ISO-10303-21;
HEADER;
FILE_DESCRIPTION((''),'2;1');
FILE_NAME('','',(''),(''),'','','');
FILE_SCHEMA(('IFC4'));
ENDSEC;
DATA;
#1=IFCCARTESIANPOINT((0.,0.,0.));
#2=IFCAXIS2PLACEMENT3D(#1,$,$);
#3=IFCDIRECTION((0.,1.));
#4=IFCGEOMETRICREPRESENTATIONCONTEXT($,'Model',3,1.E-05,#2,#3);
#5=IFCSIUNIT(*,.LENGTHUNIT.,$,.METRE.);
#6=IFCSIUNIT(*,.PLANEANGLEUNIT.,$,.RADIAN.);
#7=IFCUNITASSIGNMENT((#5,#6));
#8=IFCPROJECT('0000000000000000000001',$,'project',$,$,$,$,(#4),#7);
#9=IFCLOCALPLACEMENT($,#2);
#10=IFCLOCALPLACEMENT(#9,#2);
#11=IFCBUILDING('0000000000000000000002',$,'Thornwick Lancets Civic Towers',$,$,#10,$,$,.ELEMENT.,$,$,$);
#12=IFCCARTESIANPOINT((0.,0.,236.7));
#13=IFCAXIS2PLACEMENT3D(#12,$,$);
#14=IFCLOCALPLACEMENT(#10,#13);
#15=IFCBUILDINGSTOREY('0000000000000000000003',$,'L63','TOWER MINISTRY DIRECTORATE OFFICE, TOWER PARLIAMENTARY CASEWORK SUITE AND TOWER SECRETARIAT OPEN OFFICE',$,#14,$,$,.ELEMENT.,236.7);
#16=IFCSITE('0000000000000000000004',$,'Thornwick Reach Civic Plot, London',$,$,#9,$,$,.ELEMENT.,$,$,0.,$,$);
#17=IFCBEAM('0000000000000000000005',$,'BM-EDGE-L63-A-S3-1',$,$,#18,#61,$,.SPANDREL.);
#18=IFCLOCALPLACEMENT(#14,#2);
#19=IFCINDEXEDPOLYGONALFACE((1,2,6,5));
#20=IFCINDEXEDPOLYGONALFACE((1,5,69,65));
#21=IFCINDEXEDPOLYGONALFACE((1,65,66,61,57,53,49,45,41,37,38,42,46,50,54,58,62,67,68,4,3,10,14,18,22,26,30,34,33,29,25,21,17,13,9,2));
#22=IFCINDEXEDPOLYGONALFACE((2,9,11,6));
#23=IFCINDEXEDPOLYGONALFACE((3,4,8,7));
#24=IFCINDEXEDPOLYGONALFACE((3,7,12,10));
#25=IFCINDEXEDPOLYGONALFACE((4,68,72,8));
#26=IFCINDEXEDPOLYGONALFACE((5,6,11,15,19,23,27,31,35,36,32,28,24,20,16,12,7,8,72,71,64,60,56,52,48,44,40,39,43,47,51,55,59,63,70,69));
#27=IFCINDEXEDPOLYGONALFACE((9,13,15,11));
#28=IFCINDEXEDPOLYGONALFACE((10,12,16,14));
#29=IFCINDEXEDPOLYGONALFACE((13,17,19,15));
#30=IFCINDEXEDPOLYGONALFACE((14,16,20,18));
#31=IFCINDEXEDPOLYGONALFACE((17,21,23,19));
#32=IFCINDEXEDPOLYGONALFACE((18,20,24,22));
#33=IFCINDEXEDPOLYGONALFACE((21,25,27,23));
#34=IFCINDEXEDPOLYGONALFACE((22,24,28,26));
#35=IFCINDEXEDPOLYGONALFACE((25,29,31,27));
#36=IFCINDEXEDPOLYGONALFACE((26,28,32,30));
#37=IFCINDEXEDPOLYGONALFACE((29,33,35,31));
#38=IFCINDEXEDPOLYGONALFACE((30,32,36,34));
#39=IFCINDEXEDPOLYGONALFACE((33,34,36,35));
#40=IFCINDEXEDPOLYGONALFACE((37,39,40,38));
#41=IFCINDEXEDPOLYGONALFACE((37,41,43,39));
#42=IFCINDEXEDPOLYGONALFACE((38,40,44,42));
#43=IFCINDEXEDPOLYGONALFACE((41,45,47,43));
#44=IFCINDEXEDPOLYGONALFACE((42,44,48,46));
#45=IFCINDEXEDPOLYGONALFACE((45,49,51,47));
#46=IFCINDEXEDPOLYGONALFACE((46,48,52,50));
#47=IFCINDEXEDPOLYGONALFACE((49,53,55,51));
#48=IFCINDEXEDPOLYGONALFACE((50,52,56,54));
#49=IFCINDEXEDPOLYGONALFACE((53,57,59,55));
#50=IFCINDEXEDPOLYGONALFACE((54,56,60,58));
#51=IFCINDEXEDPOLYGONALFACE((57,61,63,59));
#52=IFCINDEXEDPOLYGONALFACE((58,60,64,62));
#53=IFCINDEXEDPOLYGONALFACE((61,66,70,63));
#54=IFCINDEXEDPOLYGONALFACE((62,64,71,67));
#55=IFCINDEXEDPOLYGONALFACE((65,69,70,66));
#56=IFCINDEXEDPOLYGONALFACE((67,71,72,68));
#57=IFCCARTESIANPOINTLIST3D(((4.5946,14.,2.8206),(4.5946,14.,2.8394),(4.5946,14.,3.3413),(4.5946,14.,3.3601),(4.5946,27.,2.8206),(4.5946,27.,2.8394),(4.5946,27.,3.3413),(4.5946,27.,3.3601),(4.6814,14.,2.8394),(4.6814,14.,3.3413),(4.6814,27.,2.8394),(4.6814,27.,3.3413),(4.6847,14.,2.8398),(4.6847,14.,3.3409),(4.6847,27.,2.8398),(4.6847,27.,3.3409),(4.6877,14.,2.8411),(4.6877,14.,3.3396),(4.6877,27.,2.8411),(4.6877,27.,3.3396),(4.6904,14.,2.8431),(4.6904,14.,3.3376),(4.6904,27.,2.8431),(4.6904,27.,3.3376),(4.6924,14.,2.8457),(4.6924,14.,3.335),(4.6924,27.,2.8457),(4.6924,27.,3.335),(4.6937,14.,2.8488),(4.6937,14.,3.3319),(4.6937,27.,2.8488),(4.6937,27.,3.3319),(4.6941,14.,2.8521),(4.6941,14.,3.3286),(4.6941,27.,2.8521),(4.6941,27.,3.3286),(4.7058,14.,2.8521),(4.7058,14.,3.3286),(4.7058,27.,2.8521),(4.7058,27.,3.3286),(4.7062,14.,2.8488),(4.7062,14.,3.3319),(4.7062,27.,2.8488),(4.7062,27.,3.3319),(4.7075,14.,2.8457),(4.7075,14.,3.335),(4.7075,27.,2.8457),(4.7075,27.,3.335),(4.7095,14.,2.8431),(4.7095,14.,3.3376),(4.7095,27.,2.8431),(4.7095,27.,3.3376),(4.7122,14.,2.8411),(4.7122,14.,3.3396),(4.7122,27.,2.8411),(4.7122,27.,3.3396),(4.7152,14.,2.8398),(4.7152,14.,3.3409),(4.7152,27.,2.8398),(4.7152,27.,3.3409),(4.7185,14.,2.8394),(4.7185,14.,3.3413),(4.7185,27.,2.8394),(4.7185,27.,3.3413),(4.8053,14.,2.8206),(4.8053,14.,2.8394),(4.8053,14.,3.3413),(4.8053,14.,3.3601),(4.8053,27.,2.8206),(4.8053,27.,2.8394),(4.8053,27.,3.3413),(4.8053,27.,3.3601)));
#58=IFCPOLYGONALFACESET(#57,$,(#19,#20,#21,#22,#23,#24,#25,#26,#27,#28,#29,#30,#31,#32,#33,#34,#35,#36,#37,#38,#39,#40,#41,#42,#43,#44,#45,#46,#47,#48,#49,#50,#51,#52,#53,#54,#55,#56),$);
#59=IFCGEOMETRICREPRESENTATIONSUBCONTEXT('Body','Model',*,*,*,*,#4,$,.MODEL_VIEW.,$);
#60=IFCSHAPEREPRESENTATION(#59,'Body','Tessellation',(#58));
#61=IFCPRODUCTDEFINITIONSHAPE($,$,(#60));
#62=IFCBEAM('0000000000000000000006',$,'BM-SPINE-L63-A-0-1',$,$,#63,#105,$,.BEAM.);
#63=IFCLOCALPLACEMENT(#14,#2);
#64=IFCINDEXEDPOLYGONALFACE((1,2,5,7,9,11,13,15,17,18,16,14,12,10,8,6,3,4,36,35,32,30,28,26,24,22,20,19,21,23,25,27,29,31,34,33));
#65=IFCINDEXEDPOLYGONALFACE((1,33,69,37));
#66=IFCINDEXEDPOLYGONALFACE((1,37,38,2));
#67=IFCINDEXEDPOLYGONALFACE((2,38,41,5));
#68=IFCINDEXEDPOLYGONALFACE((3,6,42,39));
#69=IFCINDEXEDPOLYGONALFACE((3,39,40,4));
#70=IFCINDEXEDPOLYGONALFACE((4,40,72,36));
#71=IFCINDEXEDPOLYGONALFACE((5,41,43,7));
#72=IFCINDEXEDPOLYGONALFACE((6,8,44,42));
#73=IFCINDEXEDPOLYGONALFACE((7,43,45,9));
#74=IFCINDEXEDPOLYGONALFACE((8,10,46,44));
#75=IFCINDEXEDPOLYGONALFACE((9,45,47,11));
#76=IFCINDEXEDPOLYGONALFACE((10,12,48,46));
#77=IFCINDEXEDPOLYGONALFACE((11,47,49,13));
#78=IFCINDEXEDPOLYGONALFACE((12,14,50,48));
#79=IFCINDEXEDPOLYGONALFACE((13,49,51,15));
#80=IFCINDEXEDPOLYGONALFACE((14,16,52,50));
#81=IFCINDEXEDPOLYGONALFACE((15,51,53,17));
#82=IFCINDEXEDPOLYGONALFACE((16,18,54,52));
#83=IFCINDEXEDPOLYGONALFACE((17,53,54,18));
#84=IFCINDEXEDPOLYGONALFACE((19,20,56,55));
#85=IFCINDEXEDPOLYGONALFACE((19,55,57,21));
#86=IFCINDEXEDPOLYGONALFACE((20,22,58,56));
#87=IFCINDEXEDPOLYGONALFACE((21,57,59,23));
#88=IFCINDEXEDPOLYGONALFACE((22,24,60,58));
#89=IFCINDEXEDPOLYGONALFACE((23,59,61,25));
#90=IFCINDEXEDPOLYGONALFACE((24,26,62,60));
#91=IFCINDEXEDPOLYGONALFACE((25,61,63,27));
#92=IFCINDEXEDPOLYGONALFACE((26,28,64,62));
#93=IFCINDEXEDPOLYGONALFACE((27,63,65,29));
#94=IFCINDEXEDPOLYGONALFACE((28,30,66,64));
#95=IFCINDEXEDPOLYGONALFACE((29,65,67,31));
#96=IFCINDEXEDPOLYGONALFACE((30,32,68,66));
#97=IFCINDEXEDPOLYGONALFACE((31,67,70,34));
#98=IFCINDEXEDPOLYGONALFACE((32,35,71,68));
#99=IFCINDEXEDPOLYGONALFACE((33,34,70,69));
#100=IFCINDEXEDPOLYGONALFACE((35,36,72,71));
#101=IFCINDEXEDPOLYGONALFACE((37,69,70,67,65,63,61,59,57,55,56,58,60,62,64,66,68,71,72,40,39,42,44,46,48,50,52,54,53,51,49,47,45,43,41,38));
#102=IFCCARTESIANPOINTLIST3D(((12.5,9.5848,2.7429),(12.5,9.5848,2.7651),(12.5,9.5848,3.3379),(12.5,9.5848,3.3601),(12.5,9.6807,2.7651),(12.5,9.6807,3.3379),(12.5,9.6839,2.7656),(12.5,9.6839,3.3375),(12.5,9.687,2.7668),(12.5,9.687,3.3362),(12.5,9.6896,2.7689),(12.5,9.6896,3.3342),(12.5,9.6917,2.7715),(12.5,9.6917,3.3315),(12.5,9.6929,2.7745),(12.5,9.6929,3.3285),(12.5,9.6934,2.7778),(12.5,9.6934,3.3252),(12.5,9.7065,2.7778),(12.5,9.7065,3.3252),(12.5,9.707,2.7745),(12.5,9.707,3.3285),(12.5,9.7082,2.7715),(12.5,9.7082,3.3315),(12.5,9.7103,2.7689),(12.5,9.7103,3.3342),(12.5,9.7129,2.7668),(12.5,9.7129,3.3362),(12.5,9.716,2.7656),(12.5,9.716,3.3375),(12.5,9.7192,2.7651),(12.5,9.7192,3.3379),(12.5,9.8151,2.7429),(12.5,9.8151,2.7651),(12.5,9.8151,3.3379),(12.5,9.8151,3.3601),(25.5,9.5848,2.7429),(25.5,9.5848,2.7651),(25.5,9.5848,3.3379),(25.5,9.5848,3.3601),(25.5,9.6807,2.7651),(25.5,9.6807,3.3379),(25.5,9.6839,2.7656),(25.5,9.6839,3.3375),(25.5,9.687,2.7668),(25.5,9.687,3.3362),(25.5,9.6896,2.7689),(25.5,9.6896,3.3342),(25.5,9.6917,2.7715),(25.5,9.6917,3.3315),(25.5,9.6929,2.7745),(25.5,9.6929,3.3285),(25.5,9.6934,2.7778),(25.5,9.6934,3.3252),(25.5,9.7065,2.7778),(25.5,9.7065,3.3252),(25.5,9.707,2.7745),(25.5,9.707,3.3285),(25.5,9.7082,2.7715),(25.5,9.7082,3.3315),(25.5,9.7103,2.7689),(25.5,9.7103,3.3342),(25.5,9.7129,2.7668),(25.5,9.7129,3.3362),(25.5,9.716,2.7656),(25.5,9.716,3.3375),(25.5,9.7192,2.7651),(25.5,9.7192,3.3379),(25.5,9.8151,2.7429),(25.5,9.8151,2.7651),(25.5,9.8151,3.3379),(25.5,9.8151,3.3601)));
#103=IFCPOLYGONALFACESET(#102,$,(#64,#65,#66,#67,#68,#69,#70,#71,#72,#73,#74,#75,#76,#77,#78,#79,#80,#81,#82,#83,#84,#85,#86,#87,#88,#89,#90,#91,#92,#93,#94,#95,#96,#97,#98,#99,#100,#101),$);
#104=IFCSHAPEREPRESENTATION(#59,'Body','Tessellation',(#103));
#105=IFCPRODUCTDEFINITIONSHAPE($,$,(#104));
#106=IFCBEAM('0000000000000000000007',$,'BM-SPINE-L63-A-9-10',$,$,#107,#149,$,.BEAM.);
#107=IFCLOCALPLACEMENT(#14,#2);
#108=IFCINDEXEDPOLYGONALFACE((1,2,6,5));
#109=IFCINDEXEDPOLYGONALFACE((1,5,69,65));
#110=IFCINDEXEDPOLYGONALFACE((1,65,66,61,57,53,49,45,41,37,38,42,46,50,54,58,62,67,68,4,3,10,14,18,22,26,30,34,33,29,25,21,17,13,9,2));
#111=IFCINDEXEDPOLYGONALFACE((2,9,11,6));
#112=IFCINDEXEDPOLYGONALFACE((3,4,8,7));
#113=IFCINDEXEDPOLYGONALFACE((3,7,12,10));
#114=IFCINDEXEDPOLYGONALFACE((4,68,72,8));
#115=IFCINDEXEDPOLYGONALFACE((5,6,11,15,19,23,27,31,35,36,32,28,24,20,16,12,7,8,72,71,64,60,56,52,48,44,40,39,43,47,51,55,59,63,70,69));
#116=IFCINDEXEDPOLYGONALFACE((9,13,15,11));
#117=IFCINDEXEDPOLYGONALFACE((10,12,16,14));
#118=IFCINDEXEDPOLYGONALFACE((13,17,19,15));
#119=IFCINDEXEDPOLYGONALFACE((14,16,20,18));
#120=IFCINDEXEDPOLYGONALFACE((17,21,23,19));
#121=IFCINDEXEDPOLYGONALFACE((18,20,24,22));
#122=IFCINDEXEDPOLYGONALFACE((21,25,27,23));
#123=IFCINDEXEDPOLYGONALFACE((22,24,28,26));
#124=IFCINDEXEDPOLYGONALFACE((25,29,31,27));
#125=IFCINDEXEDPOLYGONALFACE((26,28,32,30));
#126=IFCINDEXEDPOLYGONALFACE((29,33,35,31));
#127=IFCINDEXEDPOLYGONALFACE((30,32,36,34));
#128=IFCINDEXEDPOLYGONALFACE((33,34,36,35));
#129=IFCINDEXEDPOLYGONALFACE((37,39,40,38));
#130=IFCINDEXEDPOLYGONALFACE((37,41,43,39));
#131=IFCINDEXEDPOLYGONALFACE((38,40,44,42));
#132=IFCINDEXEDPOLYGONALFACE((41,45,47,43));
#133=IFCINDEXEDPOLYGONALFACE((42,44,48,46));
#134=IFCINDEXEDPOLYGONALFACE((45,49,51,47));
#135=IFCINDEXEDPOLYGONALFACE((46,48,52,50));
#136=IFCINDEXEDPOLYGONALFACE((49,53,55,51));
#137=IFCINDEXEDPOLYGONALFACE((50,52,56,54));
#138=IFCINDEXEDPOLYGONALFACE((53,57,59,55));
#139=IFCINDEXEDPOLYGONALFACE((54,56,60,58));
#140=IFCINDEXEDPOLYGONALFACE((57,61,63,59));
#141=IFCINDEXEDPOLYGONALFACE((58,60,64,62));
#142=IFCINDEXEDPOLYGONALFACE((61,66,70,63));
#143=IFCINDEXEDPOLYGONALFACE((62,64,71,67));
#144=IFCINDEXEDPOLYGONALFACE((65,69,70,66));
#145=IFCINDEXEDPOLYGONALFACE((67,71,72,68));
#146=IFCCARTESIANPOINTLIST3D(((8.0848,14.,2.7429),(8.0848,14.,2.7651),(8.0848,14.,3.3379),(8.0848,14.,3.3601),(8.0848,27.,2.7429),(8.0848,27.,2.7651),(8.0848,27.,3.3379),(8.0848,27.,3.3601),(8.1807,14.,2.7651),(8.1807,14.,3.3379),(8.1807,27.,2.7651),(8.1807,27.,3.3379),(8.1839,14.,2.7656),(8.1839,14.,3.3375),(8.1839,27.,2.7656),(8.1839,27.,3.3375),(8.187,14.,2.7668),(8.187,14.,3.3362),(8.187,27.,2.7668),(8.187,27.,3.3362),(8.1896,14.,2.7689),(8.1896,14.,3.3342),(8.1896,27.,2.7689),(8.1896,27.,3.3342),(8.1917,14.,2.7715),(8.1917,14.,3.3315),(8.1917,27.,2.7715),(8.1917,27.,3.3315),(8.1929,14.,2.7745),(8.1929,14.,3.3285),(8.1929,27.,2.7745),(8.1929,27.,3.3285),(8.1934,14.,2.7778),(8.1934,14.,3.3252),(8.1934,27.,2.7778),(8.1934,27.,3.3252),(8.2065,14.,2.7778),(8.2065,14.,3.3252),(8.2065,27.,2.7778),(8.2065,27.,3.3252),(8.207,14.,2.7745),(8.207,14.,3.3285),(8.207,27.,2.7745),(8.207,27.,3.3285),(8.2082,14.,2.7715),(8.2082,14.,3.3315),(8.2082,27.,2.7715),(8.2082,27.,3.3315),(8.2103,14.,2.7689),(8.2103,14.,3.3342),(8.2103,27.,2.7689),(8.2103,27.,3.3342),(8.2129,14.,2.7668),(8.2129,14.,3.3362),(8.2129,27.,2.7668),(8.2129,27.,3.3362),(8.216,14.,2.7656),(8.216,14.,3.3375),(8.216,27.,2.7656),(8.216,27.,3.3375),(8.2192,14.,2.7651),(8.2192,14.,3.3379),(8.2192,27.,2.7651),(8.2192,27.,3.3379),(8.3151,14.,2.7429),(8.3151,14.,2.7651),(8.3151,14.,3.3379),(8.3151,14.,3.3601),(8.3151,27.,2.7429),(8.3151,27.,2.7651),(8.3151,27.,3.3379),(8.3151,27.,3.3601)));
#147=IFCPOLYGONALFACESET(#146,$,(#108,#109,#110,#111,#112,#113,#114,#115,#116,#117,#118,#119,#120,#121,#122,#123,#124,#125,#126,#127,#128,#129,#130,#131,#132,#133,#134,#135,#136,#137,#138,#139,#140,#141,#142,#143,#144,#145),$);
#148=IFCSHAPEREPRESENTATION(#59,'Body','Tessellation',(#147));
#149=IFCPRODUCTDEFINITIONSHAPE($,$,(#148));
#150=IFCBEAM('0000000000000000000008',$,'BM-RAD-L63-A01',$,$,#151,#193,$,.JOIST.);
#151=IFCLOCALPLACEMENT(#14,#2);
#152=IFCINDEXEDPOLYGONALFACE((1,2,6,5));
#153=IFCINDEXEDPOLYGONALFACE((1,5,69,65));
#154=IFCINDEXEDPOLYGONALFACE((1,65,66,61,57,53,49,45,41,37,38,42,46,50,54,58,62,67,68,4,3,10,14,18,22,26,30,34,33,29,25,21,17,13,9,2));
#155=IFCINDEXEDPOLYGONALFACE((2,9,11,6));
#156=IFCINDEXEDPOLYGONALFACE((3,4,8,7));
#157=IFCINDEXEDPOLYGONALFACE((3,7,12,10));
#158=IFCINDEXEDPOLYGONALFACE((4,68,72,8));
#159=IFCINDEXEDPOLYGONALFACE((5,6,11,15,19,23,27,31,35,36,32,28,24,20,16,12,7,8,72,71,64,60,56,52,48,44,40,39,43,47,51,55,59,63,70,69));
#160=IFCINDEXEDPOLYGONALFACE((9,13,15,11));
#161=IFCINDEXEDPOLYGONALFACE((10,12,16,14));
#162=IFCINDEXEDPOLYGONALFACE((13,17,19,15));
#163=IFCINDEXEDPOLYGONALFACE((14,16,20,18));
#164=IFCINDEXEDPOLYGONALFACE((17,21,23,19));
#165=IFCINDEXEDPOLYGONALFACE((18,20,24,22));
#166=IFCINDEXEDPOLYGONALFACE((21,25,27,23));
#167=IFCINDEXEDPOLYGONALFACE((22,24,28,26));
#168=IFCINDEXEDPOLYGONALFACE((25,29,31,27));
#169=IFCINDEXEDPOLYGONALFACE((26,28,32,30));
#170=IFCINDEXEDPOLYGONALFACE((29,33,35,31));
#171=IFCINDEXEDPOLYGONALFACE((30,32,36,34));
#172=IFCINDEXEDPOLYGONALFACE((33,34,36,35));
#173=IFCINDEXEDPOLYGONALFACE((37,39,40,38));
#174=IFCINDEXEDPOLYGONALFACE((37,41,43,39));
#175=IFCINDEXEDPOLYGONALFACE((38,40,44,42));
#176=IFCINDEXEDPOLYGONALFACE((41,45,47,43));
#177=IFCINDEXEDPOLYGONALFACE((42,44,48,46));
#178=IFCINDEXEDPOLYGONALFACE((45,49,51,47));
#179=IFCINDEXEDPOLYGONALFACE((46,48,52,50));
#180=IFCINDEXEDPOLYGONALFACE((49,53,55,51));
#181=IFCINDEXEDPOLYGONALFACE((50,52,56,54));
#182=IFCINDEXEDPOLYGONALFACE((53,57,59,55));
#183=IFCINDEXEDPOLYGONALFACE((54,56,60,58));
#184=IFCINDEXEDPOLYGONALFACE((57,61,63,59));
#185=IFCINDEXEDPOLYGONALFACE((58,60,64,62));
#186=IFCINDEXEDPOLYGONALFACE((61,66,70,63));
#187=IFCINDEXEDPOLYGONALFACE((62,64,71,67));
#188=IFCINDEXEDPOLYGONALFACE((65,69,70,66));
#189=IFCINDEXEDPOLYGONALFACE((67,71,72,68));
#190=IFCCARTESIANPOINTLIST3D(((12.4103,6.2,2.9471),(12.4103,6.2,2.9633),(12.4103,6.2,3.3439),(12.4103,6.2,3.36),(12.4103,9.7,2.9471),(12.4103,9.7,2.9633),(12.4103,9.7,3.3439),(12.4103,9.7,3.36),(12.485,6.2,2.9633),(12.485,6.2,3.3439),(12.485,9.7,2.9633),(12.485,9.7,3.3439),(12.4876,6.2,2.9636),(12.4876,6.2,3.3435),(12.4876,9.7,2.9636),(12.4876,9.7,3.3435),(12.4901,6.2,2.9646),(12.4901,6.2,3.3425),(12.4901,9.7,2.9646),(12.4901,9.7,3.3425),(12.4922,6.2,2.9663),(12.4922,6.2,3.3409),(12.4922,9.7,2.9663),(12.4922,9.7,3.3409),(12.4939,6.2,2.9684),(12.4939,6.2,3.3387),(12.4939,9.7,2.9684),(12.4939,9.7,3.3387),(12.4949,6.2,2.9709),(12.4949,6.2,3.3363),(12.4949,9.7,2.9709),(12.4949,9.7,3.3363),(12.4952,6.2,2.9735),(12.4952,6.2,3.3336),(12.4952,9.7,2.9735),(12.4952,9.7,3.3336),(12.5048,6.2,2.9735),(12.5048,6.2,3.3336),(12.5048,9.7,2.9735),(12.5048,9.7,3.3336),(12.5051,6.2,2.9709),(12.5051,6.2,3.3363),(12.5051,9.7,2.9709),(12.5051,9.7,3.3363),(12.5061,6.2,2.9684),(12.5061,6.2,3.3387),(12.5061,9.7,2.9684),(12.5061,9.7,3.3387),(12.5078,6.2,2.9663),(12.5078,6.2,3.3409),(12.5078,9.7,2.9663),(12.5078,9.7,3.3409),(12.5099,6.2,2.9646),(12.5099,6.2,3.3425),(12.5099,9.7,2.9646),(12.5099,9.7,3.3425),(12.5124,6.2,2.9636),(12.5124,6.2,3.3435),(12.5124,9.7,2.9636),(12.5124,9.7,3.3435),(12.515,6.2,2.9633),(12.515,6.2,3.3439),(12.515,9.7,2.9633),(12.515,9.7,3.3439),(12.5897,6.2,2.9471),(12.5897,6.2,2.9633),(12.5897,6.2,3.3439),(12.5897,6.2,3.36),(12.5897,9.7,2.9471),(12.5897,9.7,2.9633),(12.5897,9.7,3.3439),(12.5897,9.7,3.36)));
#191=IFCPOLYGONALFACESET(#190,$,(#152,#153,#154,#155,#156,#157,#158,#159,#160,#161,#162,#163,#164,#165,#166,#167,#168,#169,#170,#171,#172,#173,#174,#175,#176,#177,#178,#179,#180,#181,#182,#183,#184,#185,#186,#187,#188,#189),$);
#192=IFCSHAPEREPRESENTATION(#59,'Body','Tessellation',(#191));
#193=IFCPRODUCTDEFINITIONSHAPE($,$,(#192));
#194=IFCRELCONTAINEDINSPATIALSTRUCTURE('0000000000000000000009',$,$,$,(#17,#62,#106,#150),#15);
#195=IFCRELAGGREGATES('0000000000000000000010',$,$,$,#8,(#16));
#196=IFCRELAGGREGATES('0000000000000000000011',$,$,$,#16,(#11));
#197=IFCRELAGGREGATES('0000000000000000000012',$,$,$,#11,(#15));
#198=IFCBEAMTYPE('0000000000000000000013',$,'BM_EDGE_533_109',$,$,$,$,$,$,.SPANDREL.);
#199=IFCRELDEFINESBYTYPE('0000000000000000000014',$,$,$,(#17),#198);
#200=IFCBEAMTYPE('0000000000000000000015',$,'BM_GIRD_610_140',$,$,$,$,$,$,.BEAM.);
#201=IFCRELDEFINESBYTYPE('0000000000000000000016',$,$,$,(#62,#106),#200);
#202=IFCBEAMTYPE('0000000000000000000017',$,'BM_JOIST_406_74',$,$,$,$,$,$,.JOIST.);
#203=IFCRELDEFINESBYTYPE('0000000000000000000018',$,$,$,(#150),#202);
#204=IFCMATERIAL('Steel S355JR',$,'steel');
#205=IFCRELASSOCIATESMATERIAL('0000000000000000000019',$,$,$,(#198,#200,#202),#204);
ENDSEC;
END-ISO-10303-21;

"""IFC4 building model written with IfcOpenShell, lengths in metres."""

from ifc_helpers import new_model, si_unit, direction, frame, origin, origin_2d, place, context, subcontext, project, spatial, i_section, extrude, material, material_profile, profile_set, type_object, element, save


model = new_model("IFC4")

# Units and contexts
model_context = context("Model", 3, precision=1e-05, world=origin(), true_north=direction((0.0, 1.0)))
body_context = subcontext(model_context, "Body", "Model", "MODEL_VIEW")
ifc_project = project(units=[si_unit("LENGTHUNIT", "METRE"), si_unit("PLANEANGLEUNIT", "RADIAN")], contexts=[model_context])

# Site, building, storey
site_placement = place(None, origin())
site = spatial("IfcSite", under=ifc_project, at=site_placement, Name="Thornwick Reach Civic Plot, London", CompositionType="ELEMENT", RefElevation=0.0)
building_placement = place(site_placement, origin())
building = spatial("IfcBuilding", under=site, at=building_placement, Name="Thornwick Lancets Civic Towers", CompositionType="ELEMENT")
storey_placement = place(building_placement, frame((0.0, 0.0, 236.7)))
storey = spatial("IfcBuildingStorey", under=building, at=storey_placement, Name="L63", Description="TOWER MINISTRY DIRECTORATE OFFICE, TOWER PARLIAMENTARY CASEWORK SUITE AND TOWER SECRETARIAT OPEN OFFICE", CompositionType="ELEMENT", Elevation=236.7)

# Shared definitions
ifc_material_1 = material(Name="Steel S355JR", Category="steel")

# Beams
ifc_material_profile_1 = material_profile(ifc_material_1, i_section(OverallWidth=0.2107, OverallDepth=0.5396, WebThickness=0.0117, FlangeThickness=0.0188, FilletRadius=0.0127, at=origin_2d()), Name="UKB 533x210x109")
ifc_profile_set_1 = profile_set([ifc_material_profile_1], Name="Steel S355JR")
beam_type_1 = type_object("IfcBeamType", Name="BM_EDGE_533_109", PredefinedType="SPANDREL", material=ifc_profile_set_1)
for number, where, z_axis, x_axis, name in (
    (1, (4.7, 14.0, 3.0903), (0.0, 1.0, 0.0), (-1.0, 0.0, 0.0), "BM-EDGE-L63-A-S3-1"),
):
    element("IfcBeam", number, at=place(storey_placement, frame(where, z_axis=z_axis, x_axis=x_axis)), inside=storey, type_object=beam_type_1, Name=name, PredefinedType="SPANDREL", context=body_context, shape_type="SweptSolid", body=[
        extrude(i_section(OverallWidth=0.2107, OverallDepth=0.5396, WebThickness=0.0117, FlangeThickness=0.0188, FilletRadius=0.0127, at=origin_2d()), origin(), (0.0, 0.0, 1.0), 13.0),
    ])
ifc_material_profile_2 = material_profile(ifc_material_1, i_section(OverallWidth=0.2302, OverallDepth=0.6172, WebThickness=0.0132, FlangeThickness=0.0222, FilletRadius=0.0127, at=origin_2d()), Name="UKB 610x229x140")
ifc_profile_set_2 = profile_set([ifc_material_profile_2], Name="Steel S355JR")
beam_type_2 = type_object("IfcBeamType", Name="BM_GIRD_610_140", PredefinedType="BEAM", material=ifc_profile_set_2)
for number, where, z_axis, x_axis, name in (
    (2, (12.5, 9.7, 3.0515), (1.0, 0.0, 0.0), (0.0, 1.0, 0.0), "BM-SPINE-L63-A-0-1"),
    (3, (8.2, 14.0, 3.0515), (0.0, 1.0, 0.0), (-1.0, 0.0, 0.0), "BM-SPINE-L63-A-9-10"),
):
    element("IfcBeam", number, at=place(storey_placement, frame(where, z_axis=z_axis, x_axis=x_axis)), inside=storey, type_object=beam_type_2, Name=name, PredefinedType="BEAM", context=body_context, shape_type="SweptSolid", body=[
        extrude(i_section(OverallWidth=0.2302, OverallDepth=0.6172, WebThickness=0.0132, FlangeThickness=0.0222, FilletRadius=0.0127, at=origin_2d()), origin(), (0.0, 0.0, 1.0), 13.0),
    ])
ifc_material_profile_3 = material_profile(ifc_material_1, i_section(OverallWidth=0.1794, OverallDepth=0.4128, WebThickness=0.0095, FlangeThickness=0.0161, FilletRadius=0.0103, at=origin_2d()), Name="UKB 406x178x74")
ifc_profile_set_3 = profile_set([ifc_material_profile_3], Name="Steel S355JR")
beam_type_3 = type_object("IfcBeamType", Name="BM_JOIST_406_74", PredefinedType="JOIST", material=ifc_profile_set_3)
for number, where, z_axis, x_axis, name in (
    (4, (12.5, 9.7, 3.1536), (0.0, -1.0, 0.0), (1.0, 0.0, 0.0), "BM-RAD-L63-A01"),
):
    element("IfcBeam", number, at=place(storey_placement, frame(where, z_axis=z_axis, x_axis=x_axis)), inside=storey, type_object=beam_type_3, Name=name, PredefinedType="JOIST", context=body_context, shape_type="SweptSolid", body=[
        extrude(i_section(OverallWidth=0.1794, OverallDepth=0.4128, WebThickness=0.0095, FlangeThickness=0.0161, FilletRadius=0.0103, at=origin_2d()), origin(), (0.0, 0.0, 1.0), 3.5),
    ])

save(model, "model.ifc")
